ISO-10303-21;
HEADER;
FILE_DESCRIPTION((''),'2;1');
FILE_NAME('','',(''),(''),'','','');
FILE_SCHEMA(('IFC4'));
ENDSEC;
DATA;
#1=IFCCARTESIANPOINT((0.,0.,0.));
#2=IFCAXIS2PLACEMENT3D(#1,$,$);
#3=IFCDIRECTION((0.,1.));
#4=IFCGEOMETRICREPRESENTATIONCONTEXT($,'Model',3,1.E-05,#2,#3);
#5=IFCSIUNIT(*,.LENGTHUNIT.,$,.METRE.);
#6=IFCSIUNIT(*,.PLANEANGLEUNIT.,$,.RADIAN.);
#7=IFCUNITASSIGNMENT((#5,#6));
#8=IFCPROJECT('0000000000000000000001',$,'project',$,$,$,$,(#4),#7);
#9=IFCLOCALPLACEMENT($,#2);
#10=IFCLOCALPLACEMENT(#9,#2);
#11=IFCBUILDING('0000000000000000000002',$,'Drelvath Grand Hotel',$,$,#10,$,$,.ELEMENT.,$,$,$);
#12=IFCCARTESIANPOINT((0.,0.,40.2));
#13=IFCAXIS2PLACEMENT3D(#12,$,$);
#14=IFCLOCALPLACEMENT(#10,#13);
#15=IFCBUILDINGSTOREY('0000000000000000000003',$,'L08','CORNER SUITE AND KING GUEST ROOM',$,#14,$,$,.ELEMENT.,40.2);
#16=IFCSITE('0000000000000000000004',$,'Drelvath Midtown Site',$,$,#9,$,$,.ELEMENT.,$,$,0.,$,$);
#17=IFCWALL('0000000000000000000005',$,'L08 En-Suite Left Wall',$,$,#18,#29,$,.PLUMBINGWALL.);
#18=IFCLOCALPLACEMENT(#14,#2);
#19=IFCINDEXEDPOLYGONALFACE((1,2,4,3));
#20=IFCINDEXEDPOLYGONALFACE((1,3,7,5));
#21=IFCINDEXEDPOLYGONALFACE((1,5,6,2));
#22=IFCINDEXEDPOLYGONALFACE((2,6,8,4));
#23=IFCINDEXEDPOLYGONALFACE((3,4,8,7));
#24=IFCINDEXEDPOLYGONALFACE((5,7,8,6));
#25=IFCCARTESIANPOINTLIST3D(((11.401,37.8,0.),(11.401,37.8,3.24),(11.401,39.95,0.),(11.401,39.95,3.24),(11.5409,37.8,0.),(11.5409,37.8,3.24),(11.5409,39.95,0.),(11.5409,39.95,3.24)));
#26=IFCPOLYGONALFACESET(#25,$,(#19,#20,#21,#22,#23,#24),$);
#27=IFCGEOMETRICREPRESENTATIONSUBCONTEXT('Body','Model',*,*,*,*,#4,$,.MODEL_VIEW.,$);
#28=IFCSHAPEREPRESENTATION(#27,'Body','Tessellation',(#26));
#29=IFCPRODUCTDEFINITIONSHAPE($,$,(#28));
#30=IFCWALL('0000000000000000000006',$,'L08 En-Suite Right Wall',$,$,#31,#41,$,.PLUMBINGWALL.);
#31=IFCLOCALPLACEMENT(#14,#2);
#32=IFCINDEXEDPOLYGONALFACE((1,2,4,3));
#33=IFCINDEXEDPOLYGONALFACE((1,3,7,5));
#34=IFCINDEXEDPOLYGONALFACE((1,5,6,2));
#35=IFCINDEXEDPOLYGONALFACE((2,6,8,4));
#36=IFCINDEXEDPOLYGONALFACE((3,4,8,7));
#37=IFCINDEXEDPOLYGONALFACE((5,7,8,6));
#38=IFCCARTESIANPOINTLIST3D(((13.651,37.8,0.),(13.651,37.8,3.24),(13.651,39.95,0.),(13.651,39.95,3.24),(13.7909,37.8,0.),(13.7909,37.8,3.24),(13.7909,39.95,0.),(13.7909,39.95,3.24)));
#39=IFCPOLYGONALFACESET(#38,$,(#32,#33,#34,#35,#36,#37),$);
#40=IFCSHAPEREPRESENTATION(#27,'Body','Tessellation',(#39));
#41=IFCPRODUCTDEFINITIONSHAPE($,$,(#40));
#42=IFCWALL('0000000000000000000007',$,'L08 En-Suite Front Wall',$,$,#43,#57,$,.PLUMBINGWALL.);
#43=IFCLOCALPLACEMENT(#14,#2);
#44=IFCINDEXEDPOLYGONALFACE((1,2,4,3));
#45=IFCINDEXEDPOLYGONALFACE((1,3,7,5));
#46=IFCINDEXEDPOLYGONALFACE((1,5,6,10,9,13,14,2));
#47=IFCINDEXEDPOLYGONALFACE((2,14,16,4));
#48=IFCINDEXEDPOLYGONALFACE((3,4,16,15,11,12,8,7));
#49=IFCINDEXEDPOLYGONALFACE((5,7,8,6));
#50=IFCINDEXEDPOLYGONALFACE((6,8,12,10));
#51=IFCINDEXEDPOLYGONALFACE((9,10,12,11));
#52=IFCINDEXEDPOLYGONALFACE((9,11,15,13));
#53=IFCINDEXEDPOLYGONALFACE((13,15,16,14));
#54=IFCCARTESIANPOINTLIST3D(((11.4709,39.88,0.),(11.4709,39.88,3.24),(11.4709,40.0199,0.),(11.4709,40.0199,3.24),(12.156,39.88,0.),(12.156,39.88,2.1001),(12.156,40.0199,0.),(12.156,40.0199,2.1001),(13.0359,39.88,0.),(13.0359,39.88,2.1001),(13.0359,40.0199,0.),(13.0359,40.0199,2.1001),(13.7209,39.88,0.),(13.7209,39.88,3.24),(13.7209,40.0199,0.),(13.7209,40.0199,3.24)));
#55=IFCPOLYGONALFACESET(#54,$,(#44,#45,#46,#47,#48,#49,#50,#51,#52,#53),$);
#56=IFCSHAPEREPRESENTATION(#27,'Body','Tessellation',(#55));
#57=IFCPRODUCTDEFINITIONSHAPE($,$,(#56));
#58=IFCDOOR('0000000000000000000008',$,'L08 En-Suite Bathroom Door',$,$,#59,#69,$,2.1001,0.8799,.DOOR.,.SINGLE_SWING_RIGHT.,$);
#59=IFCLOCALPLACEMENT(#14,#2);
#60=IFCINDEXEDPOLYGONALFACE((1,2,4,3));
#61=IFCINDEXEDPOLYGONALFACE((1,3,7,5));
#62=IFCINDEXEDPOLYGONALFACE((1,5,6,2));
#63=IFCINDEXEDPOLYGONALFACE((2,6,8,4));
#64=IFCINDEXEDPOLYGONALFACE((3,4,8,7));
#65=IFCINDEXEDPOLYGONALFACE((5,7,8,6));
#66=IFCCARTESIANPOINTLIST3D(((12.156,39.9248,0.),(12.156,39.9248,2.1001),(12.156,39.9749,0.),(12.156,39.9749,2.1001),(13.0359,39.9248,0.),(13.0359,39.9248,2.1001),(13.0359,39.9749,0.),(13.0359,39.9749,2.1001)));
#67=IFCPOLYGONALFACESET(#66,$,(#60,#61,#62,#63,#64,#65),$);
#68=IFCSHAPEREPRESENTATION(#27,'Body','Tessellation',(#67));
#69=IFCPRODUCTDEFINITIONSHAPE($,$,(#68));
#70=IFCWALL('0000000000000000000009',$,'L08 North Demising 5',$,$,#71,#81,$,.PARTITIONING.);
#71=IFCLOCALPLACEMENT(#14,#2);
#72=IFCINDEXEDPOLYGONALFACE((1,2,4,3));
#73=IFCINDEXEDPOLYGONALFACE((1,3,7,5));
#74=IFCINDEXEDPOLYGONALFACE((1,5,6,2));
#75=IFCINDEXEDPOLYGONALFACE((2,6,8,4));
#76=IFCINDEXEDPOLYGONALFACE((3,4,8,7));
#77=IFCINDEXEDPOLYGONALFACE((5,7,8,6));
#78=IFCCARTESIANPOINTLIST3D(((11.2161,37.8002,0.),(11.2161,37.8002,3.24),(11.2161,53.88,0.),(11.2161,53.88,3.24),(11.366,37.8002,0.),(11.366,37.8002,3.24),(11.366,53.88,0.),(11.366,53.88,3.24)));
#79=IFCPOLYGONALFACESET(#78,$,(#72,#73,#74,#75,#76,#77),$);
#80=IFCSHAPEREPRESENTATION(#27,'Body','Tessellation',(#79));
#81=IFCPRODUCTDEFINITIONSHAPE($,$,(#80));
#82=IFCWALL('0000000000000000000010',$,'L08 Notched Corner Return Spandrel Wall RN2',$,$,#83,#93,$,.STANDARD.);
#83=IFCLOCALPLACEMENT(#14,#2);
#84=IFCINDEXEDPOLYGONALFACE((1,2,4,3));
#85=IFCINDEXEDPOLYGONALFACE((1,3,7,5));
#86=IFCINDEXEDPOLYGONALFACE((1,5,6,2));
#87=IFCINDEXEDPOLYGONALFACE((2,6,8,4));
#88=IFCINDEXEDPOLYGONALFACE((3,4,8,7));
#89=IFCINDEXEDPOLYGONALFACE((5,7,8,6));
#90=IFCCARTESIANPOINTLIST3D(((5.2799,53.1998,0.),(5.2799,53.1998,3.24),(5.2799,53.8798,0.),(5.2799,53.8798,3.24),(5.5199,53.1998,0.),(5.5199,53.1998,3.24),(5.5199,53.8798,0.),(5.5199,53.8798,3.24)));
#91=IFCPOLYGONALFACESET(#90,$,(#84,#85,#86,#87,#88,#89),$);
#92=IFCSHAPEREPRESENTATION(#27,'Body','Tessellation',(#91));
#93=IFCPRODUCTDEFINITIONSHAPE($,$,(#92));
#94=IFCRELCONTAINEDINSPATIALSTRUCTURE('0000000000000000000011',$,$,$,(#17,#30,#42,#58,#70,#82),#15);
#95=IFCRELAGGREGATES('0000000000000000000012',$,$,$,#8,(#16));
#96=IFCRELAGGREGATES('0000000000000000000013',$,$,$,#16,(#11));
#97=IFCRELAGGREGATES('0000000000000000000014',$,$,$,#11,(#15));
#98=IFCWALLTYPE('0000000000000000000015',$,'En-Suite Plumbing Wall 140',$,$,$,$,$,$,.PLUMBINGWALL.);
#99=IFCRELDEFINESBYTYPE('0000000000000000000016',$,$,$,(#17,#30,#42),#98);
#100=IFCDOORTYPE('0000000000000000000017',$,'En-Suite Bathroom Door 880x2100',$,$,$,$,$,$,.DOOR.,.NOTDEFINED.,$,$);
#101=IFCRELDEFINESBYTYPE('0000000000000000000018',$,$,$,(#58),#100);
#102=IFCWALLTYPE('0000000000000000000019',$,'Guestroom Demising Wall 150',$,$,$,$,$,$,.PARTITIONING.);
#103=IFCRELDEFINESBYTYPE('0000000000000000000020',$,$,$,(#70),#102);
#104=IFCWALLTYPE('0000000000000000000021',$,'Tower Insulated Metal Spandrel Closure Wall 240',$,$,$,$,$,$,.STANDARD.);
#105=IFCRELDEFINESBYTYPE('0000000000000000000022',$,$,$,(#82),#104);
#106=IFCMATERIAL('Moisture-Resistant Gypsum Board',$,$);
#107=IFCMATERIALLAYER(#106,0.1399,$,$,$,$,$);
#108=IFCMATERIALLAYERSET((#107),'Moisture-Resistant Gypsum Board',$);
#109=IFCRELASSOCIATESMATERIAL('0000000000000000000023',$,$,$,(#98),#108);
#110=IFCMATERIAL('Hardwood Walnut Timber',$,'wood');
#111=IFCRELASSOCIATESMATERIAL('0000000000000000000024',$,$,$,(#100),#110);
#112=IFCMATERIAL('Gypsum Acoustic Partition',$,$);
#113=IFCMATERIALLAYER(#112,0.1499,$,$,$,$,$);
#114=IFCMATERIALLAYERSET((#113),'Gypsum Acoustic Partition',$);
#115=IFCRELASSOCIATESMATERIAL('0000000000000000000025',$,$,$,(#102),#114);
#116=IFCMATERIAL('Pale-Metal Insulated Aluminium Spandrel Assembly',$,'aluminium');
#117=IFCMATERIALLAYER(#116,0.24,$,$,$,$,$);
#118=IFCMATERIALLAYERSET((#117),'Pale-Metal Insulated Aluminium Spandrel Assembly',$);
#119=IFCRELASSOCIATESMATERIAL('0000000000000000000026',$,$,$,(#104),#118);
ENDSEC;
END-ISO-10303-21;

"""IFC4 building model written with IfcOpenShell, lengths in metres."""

from ifc_helpers import new_model, si_unit, direction, frame, frame_2d, origin, place, context, subcontext, project, spatial, rectangle, extrude, material, layer, layer_set, type_object, element, fill, save


model = new_model("IFC4")

# Units and contexts
model_context = context("Model", 3, precision=1e-05, world=origin(), true_north=direction((0.0, 1.0)))
body_context = subcontext(model_context, "Body", "Model", "MODEL_VIEW")
ifc_project = project(units=[si_unit("LENGTHUNIT", "METRE"), si_unit("PLANEANGLEUNIT", "RADIAN")], contexts=[model_context])

# Site, building, storey
site_placement = place(None, origin())
site = spatial("IfcSite", under=ifc_project, at=site_placement, Name="Drelvath Midtown Site", CompositionType="ELEMENT", RefElevation=0.0)
building_placement = place(site_placement, origin())
building = spatial("IfcBuilding", under=site, at=building_placement, Name="Drelvath Grand Hotel", CompositionType="ELEMENT")
storey_placement = place(building_placement, frame((0.0, 0.0, 40.2)))
storey = spatial("IfcBuildingStorey", under=building, at=storey_placement, Name="L08", Description="CORNER SUITE AND KING GUEST ROOM", CompositionType="ELEMENT", Elevation=40.2)

# Shared definitions
ifc_material_1 = material(Name="Moisture-Resistant Gypsum Board")
ifc_layer_1 = layer(ifc_material_1, 0.1399)
ifc_layer_set_1 = layer_set([ifc_layer_1], Name="Moisture-Resistant Gypsum Board")
wall_type_1 = type_object("IfcWallType", Name="En-Suite Plumbing Wall 140", PredefinedType="PLUMBINGWALL", material=ifc_layer_set_1)
ifc_material_2 = material(Name="Hardwood Walnut Timber", Category="wood")
door_type = type_object("IfcDoorType", Name="En-Suite Bathroom Door 880x2100", OperationType="NOTDEFINED", PredefinedType="DOOR", material=ifc_material_2)

# Walls
for number, where, z_axis, x_axis, name in (
    (1, (11.4709, 37.8, 0.0), (0.0, 0.0, 1.0), (0.0, 1.0, 0.0), "L08 En-Suite Left Wall"),
    (2, (13.7209, 37.8, 0.0), (0.0, 0.0, 1.0), (0.0, 1.0, 0.0), "L08 En-Suite Right Wall"),
):
    element("IfcWall", number, at=place(storey_placement, frame(where, z_axis=z_axis, x_axis=x_axis)), inside=storey, type_object=wall_type_1, Name=name, PredefinedType="PLUMBINGWALL", context=body_context, shape_type="SweptSolid", body=[
        extrude(rectangle(XDim=2.1499, YDim=0.1399, at=frame_2d((1.075, 0.0))), origin(), (0.0, 0.0, 1.0), 3.24),
    ])

# Wall, opening, door
wall_1_placement = place(storey_placement, frame((11.4709, 39.95, 0.0), z_axis=(0.0, 0.0, 1.0), x_axis=(1.0, 0.0, 0.0)))
wall_1 = element("IfcWall", 3, at=wall_1_placement, inside=storey, type_object=wall_type_1, Name="L08 En-Suite Front Wall", PredefinedType="PLUMBINGWALL", context=body_context, shape_type="SweptSolid", body=[
    extrude(rectangle(XDim=2.25, YDim=0.1399, at=frame_2d((1.125, 0.0))), origin(), (0.0, 0.0, 1.0), 3.24),
])
opening_1_placement = place(wall_1_placement, frame((0.6851, 0.0, 0.0)))
opening_1 = element("IfcOpeningElement", 4, at=opening_1_placement, cuts=wall_1, PredefinedType="OPENING", context=body_context, shape_type="SweptSolid", body=[
    extrude(rectangle(XDim=0.8799, YDim=2.1001, at=frame_2d((0.4399, 1.05))), frame((0.0, 0.0798, 0.0), z_axis=(0.0, -1.0, 0.0), x_axis=(1.0, 0.0, 0.0)), (0.0, 0.0, 1.0), 0.1599),
])
door_1_placement = place(opening_1_placement, origin())
door_1 = element("IfcDoor", 5, at=door_1_placement, inside=storey, type_object=door_type, Name="L08 En-Suite Bathroom Door", OperationType="SINGLE_SWING_RIGHT", OverallHeight=2.1001, OverallWidth=0.8799, PredefinedType="DOOR", context=body_context, shape_type="SweptSolid", body=[
    extrude(rectangle(XDim=0.8799, YDim=2.1001, at=frame_2d((0.4399, 1.05))), frame((0.0, 0.0249, 0.0), z_axis=(0.0, -1.0, 0.0), x_axis=(1.0, 0.0, 0.0)), (0.0, 0.0, 1.0), 0.05),
])
fill(opening_1, door_1)

# Walls
ifc_material_3 = material(Name="Gypsum Acoustic Partition")
ifc_layer_2 = layer(ifc_material_3, 0.1499)
ifc_layer_set_2 = layer_set([ifc_layer_2], Name="Gypsum Acoustic Partition")
wall_type_2 = type_object("IfcWallType", Name="Guestroom Demising Wall 150", PredefinedType="PARTITIONING", material=ifc_layer_set_2)
wall_2_placement = place(storey_placement, frame((11.291, 37.8, 0.0), z_axis=(0.0, 0.0, 1.0), x_axis=(0.0, 1.0, 0.0)))
element("IfcWall", 6, at=wall_2_placement, inside=storey, type_object=wall_type_2, Name="L08 North Demising 5", PredefinedType="PARTITIONING", context=body_context, shape_type="SweptSolid", body=[
    extrude(rectangle(XDim=16.0798, YDim=0.1499, at=frame_2d((8.04, 0.0))), origin(), (0.0, 0.0, 1.0), 3.24),
])
ifc_material_4 = material(Name="Pale-Metal Insulated Aluminium Spandrel Assembly", Category="aluminium")
ifc_layer_3 = layer(ifc_material_4, 0.24)
ifc_layer_set_3 = layer_set([ifc_layer_3], Name="Pale-Metal Insulated Aluminium Spandrel Assembly")
wall_type_3 = type_object("IfcWallType", Name="Tower Insulated Metal Spandrel Closure Wall 240", PredefinedType="STANDARD", material=ifc_layer_set_3)
wall_3_placement = place(storey_placement, frame((5.3999, 53.2, 0.0), z_axis=(0.0, 0.0, 1.0), x_axis=(0.0, 1.0, 0.0)))
element("IfcWall", 7, at=wall_3_placement, inside=storey, type_object=wall_type_3, Name="L08 Notched Corner Return Spandrel Wall RN2", PredefinedType="STANDARD", context=body_context, shape_type="SweptSolid", body=[
    extrude(rectangle(XDim=0.6799, YDim=0.24, at=frame_2d((0.3398, 0.0))), origin(), (0.0, 0.0, 1.0), 3.24),
])

save(model, "model.ifc")
